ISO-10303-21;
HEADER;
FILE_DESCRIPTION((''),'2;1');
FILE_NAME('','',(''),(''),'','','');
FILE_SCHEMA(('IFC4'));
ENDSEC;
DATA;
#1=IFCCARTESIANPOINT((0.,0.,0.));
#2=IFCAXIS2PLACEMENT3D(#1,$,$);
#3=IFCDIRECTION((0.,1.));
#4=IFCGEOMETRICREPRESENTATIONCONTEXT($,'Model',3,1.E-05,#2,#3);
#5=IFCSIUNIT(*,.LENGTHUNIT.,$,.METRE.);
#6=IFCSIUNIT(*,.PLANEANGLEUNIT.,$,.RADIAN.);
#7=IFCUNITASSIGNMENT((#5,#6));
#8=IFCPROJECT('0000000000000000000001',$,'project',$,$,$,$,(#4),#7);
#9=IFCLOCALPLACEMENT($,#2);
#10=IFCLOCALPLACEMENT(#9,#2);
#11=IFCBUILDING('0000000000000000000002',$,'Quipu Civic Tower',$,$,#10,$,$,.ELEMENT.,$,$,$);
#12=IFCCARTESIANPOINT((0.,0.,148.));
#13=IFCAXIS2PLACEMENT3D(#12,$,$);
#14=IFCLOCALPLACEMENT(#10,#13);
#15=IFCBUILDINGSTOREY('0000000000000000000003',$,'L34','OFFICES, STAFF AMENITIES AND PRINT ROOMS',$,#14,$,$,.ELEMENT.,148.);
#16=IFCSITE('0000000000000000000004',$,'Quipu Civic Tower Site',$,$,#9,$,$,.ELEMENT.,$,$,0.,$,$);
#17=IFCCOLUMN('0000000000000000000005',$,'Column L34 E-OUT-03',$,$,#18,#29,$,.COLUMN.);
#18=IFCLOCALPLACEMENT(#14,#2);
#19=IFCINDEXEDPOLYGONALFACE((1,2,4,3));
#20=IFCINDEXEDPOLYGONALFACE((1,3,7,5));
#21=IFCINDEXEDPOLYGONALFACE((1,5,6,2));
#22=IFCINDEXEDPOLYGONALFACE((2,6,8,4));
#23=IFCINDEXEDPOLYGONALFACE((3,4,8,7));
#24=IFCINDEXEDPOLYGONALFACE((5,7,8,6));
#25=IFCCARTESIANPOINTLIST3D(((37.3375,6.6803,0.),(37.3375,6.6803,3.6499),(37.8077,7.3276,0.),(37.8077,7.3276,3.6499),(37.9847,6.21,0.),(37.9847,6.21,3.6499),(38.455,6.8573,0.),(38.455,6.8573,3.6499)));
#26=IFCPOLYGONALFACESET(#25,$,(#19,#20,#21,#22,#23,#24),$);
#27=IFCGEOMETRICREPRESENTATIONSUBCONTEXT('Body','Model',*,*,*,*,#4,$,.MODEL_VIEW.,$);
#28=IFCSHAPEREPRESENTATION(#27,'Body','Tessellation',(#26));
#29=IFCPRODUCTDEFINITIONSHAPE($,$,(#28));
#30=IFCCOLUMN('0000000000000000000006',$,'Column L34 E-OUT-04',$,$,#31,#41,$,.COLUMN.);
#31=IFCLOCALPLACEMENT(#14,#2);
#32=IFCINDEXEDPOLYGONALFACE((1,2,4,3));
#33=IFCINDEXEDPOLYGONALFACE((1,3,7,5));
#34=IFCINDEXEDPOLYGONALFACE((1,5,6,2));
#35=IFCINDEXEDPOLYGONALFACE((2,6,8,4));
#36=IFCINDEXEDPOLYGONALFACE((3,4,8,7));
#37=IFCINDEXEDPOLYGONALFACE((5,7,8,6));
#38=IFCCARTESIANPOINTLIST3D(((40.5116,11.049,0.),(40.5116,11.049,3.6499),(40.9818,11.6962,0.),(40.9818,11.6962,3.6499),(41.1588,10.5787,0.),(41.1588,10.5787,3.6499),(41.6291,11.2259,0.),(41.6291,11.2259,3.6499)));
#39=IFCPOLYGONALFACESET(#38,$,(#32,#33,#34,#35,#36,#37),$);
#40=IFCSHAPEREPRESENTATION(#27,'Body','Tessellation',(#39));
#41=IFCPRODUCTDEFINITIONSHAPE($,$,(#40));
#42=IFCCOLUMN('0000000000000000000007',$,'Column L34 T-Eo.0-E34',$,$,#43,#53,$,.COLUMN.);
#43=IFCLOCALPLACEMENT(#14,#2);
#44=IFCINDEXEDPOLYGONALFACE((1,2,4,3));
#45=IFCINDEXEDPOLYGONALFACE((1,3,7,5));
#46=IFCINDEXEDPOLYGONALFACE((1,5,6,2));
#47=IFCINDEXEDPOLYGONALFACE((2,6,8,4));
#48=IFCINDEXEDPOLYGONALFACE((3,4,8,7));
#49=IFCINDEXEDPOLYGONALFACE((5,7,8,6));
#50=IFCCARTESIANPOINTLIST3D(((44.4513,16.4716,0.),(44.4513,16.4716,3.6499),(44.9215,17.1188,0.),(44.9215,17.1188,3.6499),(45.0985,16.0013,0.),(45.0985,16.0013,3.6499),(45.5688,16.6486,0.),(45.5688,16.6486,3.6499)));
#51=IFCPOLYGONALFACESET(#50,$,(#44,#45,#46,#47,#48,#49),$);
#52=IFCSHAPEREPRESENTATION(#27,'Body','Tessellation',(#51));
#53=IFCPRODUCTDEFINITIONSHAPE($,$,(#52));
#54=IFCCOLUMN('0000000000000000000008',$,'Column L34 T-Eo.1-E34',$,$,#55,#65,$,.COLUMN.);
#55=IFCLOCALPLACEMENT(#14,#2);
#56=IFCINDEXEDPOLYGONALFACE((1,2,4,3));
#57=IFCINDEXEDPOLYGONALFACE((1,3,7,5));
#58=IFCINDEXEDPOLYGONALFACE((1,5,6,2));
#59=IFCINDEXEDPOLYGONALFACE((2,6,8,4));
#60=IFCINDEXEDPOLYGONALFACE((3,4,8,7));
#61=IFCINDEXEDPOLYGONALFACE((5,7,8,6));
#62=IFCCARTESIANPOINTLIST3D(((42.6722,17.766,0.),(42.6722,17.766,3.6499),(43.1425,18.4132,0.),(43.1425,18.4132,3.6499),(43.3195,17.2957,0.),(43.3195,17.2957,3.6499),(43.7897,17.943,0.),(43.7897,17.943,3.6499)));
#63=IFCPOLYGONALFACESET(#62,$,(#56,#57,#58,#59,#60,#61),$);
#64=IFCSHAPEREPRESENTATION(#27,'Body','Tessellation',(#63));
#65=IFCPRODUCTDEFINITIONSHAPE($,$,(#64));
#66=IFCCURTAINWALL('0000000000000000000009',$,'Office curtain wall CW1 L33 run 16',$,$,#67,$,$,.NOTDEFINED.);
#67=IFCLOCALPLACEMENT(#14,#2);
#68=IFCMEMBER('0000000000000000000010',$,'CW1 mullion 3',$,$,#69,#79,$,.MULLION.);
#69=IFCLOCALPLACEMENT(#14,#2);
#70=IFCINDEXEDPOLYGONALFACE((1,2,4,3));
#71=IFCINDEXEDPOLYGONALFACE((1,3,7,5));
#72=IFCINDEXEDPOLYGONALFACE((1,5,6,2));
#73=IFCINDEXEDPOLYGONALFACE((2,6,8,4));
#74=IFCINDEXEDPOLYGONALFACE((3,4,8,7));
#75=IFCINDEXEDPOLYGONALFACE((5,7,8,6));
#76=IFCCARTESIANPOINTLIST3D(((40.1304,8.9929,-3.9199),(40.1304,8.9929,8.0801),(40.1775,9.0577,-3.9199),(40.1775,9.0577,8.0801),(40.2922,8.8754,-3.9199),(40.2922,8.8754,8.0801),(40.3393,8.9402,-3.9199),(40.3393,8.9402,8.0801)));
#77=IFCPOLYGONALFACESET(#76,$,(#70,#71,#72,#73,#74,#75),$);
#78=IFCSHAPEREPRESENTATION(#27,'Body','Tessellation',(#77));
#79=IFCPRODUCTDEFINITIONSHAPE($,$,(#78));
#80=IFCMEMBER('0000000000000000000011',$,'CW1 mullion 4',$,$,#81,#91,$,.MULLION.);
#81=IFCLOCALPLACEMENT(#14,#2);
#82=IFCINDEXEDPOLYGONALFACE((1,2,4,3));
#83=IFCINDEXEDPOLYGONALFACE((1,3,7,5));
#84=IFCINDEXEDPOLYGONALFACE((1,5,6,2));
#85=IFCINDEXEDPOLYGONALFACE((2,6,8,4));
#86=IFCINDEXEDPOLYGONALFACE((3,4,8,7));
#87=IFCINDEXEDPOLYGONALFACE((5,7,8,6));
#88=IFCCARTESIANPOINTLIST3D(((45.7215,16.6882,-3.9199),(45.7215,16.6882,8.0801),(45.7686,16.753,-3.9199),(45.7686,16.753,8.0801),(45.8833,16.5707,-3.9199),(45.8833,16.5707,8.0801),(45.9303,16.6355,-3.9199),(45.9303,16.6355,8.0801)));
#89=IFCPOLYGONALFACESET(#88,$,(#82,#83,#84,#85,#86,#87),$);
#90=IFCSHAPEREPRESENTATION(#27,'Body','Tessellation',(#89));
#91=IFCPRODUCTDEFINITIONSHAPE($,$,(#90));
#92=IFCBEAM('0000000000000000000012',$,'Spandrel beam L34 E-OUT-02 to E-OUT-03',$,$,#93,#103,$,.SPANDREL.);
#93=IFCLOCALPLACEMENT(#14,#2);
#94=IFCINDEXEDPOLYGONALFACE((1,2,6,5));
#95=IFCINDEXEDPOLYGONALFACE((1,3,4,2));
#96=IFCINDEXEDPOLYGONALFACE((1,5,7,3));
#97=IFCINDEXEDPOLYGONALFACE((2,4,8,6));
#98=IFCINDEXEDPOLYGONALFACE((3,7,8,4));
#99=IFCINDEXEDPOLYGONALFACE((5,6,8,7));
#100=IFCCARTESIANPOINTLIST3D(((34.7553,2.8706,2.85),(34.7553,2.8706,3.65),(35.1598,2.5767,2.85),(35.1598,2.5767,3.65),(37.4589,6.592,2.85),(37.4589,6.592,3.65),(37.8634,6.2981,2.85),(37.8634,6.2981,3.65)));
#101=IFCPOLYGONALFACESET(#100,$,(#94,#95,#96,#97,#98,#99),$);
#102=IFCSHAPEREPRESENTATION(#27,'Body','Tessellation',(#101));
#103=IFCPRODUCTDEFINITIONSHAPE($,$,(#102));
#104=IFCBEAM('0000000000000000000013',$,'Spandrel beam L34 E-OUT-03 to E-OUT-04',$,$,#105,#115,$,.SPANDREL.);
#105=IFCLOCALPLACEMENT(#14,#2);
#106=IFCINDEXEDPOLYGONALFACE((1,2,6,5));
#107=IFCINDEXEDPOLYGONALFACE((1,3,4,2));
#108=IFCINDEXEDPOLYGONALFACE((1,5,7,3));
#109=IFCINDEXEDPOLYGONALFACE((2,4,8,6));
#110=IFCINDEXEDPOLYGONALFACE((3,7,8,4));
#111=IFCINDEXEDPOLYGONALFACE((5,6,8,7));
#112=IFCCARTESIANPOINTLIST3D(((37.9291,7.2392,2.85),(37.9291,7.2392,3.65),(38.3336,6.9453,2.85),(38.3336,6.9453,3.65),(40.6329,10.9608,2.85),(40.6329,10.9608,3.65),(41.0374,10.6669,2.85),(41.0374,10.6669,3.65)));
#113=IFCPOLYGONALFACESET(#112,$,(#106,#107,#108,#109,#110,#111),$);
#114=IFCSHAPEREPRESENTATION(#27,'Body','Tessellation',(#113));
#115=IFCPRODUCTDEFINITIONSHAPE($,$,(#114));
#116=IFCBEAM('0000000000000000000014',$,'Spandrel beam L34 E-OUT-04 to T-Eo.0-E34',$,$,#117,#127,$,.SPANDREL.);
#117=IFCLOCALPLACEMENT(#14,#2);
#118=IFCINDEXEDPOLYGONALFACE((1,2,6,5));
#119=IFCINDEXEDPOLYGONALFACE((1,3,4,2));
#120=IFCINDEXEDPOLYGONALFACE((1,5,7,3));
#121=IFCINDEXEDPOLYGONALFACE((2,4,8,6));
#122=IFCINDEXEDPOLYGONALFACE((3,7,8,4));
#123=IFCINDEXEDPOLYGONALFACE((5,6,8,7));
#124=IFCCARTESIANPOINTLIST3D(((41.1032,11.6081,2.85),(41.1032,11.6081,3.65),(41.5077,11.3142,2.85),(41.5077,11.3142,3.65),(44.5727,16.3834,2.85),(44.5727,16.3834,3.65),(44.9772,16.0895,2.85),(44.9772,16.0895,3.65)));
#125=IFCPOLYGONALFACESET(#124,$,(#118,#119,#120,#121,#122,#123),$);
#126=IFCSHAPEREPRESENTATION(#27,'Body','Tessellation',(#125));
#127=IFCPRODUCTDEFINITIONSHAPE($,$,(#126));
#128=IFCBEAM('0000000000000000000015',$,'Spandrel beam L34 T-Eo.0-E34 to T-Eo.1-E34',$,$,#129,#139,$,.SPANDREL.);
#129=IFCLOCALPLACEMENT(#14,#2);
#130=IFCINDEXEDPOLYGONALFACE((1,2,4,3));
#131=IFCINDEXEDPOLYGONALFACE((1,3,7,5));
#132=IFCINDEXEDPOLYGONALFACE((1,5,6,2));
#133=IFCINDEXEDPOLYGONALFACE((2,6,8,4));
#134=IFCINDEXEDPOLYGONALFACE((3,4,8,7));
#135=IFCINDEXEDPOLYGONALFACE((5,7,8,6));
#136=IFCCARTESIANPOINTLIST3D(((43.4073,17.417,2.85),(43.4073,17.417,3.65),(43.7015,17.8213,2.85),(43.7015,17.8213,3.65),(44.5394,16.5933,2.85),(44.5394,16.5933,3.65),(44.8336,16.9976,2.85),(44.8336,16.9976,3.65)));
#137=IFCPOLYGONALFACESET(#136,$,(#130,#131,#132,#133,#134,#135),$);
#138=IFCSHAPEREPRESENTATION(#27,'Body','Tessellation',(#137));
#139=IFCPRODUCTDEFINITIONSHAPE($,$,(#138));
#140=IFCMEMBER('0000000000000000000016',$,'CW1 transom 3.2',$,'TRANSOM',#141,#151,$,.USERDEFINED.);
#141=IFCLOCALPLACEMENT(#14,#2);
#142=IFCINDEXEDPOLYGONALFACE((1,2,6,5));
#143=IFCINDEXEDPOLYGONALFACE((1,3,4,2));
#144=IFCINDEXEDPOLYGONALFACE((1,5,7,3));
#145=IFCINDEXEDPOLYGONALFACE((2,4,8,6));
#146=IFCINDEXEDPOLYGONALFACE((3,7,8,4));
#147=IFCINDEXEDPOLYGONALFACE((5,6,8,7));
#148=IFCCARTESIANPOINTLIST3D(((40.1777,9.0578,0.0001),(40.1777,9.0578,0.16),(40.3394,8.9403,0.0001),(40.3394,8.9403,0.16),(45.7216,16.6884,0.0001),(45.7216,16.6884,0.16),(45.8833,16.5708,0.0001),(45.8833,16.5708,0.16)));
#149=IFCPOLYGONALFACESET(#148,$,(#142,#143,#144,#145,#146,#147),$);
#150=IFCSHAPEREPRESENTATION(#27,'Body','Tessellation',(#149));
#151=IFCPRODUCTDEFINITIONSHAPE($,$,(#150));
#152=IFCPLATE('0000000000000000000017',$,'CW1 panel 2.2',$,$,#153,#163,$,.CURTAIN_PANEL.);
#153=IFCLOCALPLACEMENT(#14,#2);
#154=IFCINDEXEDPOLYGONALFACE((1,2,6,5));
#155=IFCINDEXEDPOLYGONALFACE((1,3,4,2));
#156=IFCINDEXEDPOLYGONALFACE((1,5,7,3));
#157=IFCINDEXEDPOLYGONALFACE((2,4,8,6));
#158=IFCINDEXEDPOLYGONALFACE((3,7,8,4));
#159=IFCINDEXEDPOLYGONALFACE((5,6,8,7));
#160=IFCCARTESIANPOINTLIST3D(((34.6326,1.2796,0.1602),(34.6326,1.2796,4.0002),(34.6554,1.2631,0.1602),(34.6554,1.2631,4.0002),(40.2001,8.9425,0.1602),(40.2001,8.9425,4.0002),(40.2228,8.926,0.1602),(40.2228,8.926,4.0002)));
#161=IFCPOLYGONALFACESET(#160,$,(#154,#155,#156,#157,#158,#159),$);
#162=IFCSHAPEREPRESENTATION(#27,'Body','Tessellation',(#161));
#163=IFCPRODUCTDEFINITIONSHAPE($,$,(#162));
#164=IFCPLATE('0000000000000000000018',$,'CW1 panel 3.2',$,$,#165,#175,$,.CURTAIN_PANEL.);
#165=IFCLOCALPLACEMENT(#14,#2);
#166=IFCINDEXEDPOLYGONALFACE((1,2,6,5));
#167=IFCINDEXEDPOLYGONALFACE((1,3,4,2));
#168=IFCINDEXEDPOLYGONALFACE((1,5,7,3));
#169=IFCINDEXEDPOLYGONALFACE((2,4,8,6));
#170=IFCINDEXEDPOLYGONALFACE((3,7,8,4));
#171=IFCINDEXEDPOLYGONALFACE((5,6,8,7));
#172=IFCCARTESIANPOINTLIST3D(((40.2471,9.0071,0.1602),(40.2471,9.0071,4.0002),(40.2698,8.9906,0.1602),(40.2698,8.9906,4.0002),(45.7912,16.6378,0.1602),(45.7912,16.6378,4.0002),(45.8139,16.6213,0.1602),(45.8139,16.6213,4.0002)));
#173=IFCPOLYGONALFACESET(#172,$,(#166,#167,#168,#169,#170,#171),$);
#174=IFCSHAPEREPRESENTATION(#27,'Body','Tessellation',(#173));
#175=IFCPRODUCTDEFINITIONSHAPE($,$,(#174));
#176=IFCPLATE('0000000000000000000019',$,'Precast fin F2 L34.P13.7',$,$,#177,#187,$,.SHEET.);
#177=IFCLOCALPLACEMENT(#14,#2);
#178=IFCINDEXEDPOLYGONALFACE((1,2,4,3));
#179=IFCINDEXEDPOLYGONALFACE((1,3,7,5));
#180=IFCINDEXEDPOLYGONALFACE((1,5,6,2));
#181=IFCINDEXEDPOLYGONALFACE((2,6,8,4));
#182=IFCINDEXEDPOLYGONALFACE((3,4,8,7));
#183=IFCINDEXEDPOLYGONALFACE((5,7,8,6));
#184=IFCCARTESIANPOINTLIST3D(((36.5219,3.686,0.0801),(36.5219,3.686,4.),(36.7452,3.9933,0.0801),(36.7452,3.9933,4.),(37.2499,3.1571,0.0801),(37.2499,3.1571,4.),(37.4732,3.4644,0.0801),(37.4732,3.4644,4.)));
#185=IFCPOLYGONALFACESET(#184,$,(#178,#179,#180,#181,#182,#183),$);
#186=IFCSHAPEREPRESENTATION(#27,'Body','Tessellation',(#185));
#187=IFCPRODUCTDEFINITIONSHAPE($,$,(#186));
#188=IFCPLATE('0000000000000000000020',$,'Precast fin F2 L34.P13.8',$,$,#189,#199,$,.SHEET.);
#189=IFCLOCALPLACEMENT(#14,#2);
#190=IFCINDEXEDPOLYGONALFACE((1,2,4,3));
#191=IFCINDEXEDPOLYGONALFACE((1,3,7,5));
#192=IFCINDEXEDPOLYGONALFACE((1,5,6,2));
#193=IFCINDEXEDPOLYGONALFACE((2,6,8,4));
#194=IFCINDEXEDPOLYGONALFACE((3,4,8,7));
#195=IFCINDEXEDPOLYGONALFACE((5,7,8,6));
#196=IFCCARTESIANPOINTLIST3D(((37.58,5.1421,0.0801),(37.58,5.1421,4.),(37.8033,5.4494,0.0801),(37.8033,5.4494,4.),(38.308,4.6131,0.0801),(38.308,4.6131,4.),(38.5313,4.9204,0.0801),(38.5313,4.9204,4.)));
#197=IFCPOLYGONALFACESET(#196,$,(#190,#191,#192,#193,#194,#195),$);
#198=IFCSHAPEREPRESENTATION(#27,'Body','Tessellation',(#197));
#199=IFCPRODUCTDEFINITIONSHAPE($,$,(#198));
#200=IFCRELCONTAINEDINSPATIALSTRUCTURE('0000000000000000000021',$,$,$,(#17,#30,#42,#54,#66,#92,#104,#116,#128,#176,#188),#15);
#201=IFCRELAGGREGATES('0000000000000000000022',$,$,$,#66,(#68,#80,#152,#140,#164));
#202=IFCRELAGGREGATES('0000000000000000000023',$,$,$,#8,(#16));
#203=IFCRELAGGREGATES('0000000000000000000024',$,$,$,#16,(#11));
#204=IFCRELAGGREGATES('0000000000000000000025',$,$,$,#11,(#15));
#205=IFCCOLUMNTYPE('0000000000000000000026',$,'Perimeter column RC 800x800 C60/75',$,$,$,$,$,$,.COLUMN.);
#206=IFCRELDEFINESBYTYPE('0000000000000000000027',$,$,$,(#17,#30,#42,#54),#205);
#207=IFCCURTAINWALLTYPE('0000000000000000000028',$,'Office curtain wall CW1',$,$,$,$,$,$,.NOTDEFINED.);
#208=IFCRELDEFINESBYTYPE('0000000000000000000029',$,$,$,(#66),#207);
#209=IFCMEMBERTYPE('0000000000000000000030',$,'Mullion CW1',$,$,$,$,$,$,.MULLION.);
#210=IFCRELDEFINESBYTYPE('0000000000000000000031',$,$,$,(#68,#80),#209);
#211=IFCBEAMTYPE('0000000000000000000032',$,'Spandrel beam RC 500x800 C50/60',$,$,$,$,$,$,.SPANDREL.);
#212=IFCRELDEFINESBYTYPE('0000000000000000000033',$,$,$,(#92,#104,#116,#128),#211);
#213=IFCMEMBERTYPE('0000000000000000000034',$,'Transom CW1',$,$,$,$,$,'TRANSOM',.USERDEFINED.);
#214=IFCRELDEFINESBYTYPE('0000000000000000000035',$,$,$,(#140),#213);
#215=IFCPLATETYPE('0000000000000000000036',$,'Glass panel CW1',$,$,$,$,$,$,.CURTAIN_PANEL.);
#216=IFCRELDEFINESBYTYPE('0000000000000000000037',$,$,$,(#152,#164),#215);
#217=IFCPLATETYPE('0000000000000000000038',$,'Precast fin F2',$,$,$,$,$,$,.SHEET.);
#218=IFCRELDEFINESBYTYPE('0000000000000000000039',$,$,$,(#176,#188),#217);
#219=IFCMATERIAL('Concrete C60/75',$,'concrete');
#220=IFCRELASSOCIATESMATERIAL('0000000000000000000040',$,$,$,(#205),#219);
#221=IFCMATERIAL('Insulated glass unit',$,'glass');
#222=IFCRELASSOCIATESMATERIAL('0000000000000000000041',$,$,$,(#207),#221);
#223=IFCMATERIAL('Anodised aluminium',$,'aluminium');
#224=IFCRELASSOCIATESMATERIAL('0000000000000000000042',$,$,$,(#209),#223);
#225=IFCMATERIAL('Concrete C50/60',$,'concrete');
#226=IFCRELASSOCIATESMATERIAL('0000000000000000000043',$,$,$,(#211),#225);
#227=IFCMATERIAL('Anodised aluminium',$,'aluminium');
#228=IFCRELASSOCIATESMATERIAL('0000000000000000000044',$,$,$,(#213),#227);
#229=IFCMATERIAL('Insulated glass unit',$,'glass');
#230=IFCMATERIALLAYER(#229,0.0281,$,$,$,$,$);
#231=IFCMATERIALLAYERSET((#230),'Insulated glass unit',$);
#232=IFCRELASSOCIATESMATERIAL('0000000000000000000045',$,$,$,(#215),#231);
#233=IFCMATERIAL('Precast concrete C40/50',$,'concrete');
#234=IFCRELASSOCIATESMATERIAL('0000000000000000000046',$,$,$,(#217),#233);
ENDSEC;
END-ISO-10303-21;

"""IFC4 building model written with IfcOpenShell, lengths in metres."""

from ifc_helpers import new_model, si_unit, direction, frame, origin, origin_2d, place, context, subcontext, project, spatial, rectangle, extrude, material, layer, layer_set, material_profile, profile_set, type_object, element, aggregate, save


model = new_model("IFC4")

# Units and contexts
model_context = context("Model", 3, precision=1e-05, world=origin(), true_north=direction((0.0, 1.0)))
body_context = subcontext(model_context, "Body", "Model", "MODEL_VIEW")
ifc_project = project(units=[si_unit("LENGTHUNIT", "METRE"), si_unit("PLANEANGLEUNIT", "RADIAN")], contexts=[model_context])

# Site, building, storey
site_placement = place(None, origin())
site = spatial("IfcSite", under=ifc_project, at=site_placement, Name="Quipu Civic Tower Site", CompositionType="ELEMENT", RefElevation=0.0)
building_placement = place(site_placement, origin())
building = spatial("IfcBuilding", under=site, at=building_placement, Name="Quipu Civic Tower", CompositionType="ELEMENT")
storey_placement = place(building_placement, frame((0.0, 0.0, 148.0)))
storey = spatial("IfcBuildingStorey", under=building, at=storey_placement, Name="L34", Description="OFFICES, STAFF AMENITIES AND PRINT ROOMS", CompositionType="ELEMENT", Elevation=148.0)

# Columns
ifc_material_1 = material(Name="Concrete C60/75", Category="concrete")
ifc_material_profile_1 = material_profile(ifc_material_1, rectangle(XDim=0.8, YDim=0.8, at=origin_2d()), Name="RC800x800")
ifc_profile_set_1 = profile_set([ifc_material_profile_1], Name="Concrete C60/75")
column_type = type_object("IfcColumnType", Name="Perimeter column RC 800x800 C60/75", PredefinedType="COLUMN", material=ifc_profile_set_1)
for number, where, z_axis, x_axis, name in (
    (1, (37.8962, 6.7688, 0.0), (0.0, 0.0, 1.0), (0.587785, 0.809017, 0.0), "Column L34 E-OUT-03"),
    (2, (41.0703, 11.1375, 0.0), (0.0, 0.0, 1.0), (0.587785, 0.809017, 0.0), "Column L34 E-OUT-04"),
    (3, (45.01, 16.5601, 0.0), (0.0, 0.0, 1.0), (0.587785, 0.809017, 0.0), "Column L34 T-Eo.0-E34"),
    (4, (43.231, 17.8545, 0.0), (0.0, 0.0, 1.0), (0.587785, 0.809017, 0.0), "Column L34 T-Eo.1-E34"),
):
    element("IfcColumn", number, at=place(storey_placement, frame(where, z_axis=z_axis, x_axis=x_axis)), inside=storey, type_object=column_type, Name=name, PredefinedType="COLUMN", context=body_context, shape_type="SweptSolid", body=[
        extrude(rectangle(XDim=0.8, YDim=0.8, at=origin_2d()), origin(), (0.0, 0.0, 1.0), 3.6499),
    ])

# Curtain wall, members
ifc_material_2 = material(Name="Insulated glass unit", Category="glass")
curtain_wall_type = type_object("IfcCurtainWallType", Name="Office curtain wall CW1", PredefinedType="NOTDEFINED", material=ifc_material_2)
curtain_wall_placement = place(storey_placement, origin())
curtain_wall = element("IfcCurtainWall", 5, at=curtain_wall_placement, inside=storey, type_object=curtain_wall_type, Name="Office curtain wall CW1 L33 run 16", PredefinedType="NOTDEFINED")
ifc_material_3 = material(Name="Anodised aluminium", Category="aluminium")
ifc_material_profile_2 = material_profile(ifc_material_3, rectangle(XDim=0.2, YDim=0.0801, at=origin_2d()), Name="RECT 200x80")
ifc_profile_set_2 = profile_set([ifc_material_profile_2], Name="Anodised aluminium")
member_type_1 = type_object("IfcMemberType", Name="Mullion CW1", PredefinedType="MULLION", material=ifc_profile_set_2)
member_1_placement = place(storey_placement, frame((40.2349, 8.9666, -3.9199), z_axis=(0.0, 0.0, 1.0), x_axis=(-0.809017, 0.587786, 0.0)))
member_1 = element("IfcMember", 6, at=member_1_placement, type_object=member_type_1, Name="CW1 mullion 3", PredefinedType="MULLION", context=body_context, shape_type="SweptSolid", body=[
    extrude(rectangle(XDim=0.2, YDim=0.0801, at=origin_2d()), origin(), (0.0, 0.0, 1.0), 12.0),
])
member_2_placement = place(storey_placement, frame((45.8259, 16.6619, -3.9199), z_axis=(0.0, 0.0, 1.0), x_axis=(-0.809017, 0.587786, 0.0)))
member_2 = element("IfcMember", 7, at=member_2_placement, type_object=member_type_1, Name="CW1 mullion 4", PredefinedType="MULLION", context=body_context, shape_type="SweptSolid", body=[
    extrude(rectangle(XDim=0.2, YDim=0.0801, at=origin_2d()), origin(), (0.0, 0.0, 1.0), 12.0),
])

# Beams
ifc_material_4 = material(Name="Concrete C50/60", Category="concrete")
ifc_material_profile_3 = material_profile(ifc_material_4, rectangle(XDim=0.5, YDim=0.8, at=origin_2d()), Name="RC500x800")
ifc_profile_set_3 = profile_set([ifc_material_profile_3], Name="Concrete C50/60")
beam_type = type_object("IfcBeamType", Name="Spandrel beam RC 500x800 C50/60", PredefinedType="SPANDREL", material=ifc_profile_set_3)
beam_1_placement = place(storey_placement, frame((34.9575, 2.7236, 3.25), z_axis=(0.587761, 0.809034, 0.0), x_axis=(-0.809034, 0.587761, 0.0)))
element("IfcBeam", 8, at=beam_1_placement, inside=storey, type_object=beam_type, Name="Spandrel beam L34 E-OUT-02 to E-OUT-03", PredefinedType="SPANDREL", context=body_context, shape_type="SweptSolid", body=[
    extrude(rectangle(XDim=0.5, YDim=0.8, at=origin_2d()), origin(), (0.0, 0.0, 1.0), 4.5999),
])
beam_2_placement = place(storey_placement, frame((38.1313, 7.0923, 3.25), z_axis=(0.587771, 0.809027, 0.0), x_axis=(-0.809027, 0.587771, 0.0)))
element("IfcBeam", 9, at=beam_2_placement, inside=storey, type_object=beam_type, Name="Spandrel beam L34 E-OUT-03 to E-OUT-04", PredefinedType="SPANDREL", context=body_context, shape_type="SweptSolid", body=[
    extrude(rectangle(XDim=0.5, YDim=0.8, at=origin_2d()), origin(), (0.0, 0.0, 1.0), 4.6001),
])
beam_3_placement = place(storey_placement, frame((41.3054, 11.4612, 3.25), z_axis=(0.5878, 0.809006, 0.0), x_axis=(-0.809006, 0.5878, 0.0)))
element("IfcBeam", 10, at=beam_3_placement, inside=storey, type_object=beam_type, Name="Spandrel beam L34 E-OUT-04 to T-Eo.0-E34", PredefinedType="SPANDREL", context=body_context, shape_type="SweptSolid", body=[
    extrude(rectangle(XDim=0.5, YDim=0.8, at=origin_2d()), origin(), (0.0, 0.0, 1.0), 5.9026),
])
beam_4_placement = place(storey_placement, frame((44.6865, 16.7954, 3.25), z_axis=(-0.8086, 0.588358, 0.0), x_axis=(-0.588358, -0.8086, 0.0)))
element("IfcBeam", 11, at=beam_4_placement, inside=storey, type_object=beam_type, Name="Spandrel beam L34 T-Eo.0-E34 to T-Eo.1-E34", PredefinedType="SPANDREL", context=body_context, shape_type="SweptSolid", body=[
    extrude(rectangle(XDim=0.5, YDim=0.8, at=origin_2d()), origin(), (0.0, 0.0, 1.0), 1.4001),
])

# Member
ifc_material_5 = material(Name="Anodised aluminium", Category="aluminium")
ifc_material_profile_4 = material_profile(ifc_material_5, rectangle(XDim=0.2, YDim=0.1599, at=origin_2d()), Name="RECT 200x160")
ifc_profile_set_4 = profile_set([ifc_material_profile_4], Name="Anodised aluminium")
member_type_2 = type_object("IfcMemberType", Name="Transom CW1", ElementType="TRANSOM", PredefinedType="USERDEFINED", material=ifc_profile_set_4)
member_3_placement = place(storey_placement, frame((40.2585, 8.999, 0.0801), z_axis=(0.587784, 0.809018, 0.0), x_axis=(-0.809018, 0.587784, 0.0)))
member_3 = element("IfcMember", 12, at=member_3_placement, type_object=member_type_2, Name="CW1 transom 3.2", ObjectType="TRANSOM", PredefinedType="USERDEFINED", context=body_context, shape_type="SweptSolid", body=[
    extrude(rectangle(XDim=0.2, YDim=0.1599, at=origin_2d()), origin(), (0.0, 0.0, 1.0), 9.4319),
])

# Plates
ifc_material_6 = material(Name="Insulated glass unit", Category="glass")
ifc_layer_1 = layer(ifc_material_6, 0.0281)
ifc_layer_set_1 = layer_set([ifc_layer_1], Name="Insulated glass unit")
plate_type_1 = type_object("IfcPlateType", Name="Glass panel CW1", PredefinedType="CURTAIN_PANEL", material=ifc_layer_set_1)
plate_1_placement = place(storey_placement, frame((37.4277, 5.1028, 0.1602), z_axis=(0.0, 0.0, 1.0), x_axis=(0.587786, 0.809017, 0.0)))
plate_1 = element("IfcPlate", 13, at=plate_1_placement, type_object=plate_type_1, Name="CW1 panel 2.2", PredefinedType="CURTAIN_PANEL", context=body_context, shape_type="SweptSolid", body=[
    extrude(rectangle(XDim=9.4719, YDim=0.0281, at=origin_2d()), origin(), (0.0, 0.0, 1.0), 3.8401),
])
plate_2_placement = place(storey_placement, frame((43.0305, 12.8142, 0.1602), z_axis=(0.0, 0.0, 1.0), x_axis=(0.587786, 0.809017, 0.0)))
plate_2 = element("IfcPlate", 14, at=plate_2_placement, type_object=plate_type_1, Name="CW1 panel 3.2", PredefinedType="CURTAIN_PANEL", context=body_context, shape_type="SweptSolid", body=[
    extrude(rectangle(XDim=9.4321, YDim=0.0281, at=origin_2d()), origin(), (0.0, 0.0, 1.0), 3.8401),
])
aggregate(curtain_wall, [member_1, member_2, plate_1, member_3, plate_2])

# Plates
ifc_material_7 = material(Name="Precast concrete C40/50", Category="concrete")
plate_type_2 = type_object("IfcPlateType", Name="Precast fin F2", PredefinedType="SHEET", material=ifc_material_7)
for number, where, z_axis, x_axis, name in (
    (15, (36.9976, 3.5752, 0.0801), (0.0, 0.0, 1.0), (0.587786, 0.809017, 0.0), "Precast fin F2 L34.P13.7"),
    (16, (38.0557, 5.0312, 0.0801), (0.0, 0.0, 1.0), (0.587786, 0.809017, 0.0), "Precast fin F2 L34.P13.8"),
):
    element("IfcPlate", number, at=place(storey_placement, frame(where, z_axis=z_axis, x_axis=x_axis)), inside=storey, type_object=plate_type_2, Name=name, PredefinedType="SHEET", context=body_context, shape_type="SweptSolid", body=[
        extrude(rectangle(XDim=0.3799, YDim=0.8999, at=origin_2d()), origin(), (0.0, 0.0, 1.0), 3.9199),
    ])

save(model, "model.ifc")
